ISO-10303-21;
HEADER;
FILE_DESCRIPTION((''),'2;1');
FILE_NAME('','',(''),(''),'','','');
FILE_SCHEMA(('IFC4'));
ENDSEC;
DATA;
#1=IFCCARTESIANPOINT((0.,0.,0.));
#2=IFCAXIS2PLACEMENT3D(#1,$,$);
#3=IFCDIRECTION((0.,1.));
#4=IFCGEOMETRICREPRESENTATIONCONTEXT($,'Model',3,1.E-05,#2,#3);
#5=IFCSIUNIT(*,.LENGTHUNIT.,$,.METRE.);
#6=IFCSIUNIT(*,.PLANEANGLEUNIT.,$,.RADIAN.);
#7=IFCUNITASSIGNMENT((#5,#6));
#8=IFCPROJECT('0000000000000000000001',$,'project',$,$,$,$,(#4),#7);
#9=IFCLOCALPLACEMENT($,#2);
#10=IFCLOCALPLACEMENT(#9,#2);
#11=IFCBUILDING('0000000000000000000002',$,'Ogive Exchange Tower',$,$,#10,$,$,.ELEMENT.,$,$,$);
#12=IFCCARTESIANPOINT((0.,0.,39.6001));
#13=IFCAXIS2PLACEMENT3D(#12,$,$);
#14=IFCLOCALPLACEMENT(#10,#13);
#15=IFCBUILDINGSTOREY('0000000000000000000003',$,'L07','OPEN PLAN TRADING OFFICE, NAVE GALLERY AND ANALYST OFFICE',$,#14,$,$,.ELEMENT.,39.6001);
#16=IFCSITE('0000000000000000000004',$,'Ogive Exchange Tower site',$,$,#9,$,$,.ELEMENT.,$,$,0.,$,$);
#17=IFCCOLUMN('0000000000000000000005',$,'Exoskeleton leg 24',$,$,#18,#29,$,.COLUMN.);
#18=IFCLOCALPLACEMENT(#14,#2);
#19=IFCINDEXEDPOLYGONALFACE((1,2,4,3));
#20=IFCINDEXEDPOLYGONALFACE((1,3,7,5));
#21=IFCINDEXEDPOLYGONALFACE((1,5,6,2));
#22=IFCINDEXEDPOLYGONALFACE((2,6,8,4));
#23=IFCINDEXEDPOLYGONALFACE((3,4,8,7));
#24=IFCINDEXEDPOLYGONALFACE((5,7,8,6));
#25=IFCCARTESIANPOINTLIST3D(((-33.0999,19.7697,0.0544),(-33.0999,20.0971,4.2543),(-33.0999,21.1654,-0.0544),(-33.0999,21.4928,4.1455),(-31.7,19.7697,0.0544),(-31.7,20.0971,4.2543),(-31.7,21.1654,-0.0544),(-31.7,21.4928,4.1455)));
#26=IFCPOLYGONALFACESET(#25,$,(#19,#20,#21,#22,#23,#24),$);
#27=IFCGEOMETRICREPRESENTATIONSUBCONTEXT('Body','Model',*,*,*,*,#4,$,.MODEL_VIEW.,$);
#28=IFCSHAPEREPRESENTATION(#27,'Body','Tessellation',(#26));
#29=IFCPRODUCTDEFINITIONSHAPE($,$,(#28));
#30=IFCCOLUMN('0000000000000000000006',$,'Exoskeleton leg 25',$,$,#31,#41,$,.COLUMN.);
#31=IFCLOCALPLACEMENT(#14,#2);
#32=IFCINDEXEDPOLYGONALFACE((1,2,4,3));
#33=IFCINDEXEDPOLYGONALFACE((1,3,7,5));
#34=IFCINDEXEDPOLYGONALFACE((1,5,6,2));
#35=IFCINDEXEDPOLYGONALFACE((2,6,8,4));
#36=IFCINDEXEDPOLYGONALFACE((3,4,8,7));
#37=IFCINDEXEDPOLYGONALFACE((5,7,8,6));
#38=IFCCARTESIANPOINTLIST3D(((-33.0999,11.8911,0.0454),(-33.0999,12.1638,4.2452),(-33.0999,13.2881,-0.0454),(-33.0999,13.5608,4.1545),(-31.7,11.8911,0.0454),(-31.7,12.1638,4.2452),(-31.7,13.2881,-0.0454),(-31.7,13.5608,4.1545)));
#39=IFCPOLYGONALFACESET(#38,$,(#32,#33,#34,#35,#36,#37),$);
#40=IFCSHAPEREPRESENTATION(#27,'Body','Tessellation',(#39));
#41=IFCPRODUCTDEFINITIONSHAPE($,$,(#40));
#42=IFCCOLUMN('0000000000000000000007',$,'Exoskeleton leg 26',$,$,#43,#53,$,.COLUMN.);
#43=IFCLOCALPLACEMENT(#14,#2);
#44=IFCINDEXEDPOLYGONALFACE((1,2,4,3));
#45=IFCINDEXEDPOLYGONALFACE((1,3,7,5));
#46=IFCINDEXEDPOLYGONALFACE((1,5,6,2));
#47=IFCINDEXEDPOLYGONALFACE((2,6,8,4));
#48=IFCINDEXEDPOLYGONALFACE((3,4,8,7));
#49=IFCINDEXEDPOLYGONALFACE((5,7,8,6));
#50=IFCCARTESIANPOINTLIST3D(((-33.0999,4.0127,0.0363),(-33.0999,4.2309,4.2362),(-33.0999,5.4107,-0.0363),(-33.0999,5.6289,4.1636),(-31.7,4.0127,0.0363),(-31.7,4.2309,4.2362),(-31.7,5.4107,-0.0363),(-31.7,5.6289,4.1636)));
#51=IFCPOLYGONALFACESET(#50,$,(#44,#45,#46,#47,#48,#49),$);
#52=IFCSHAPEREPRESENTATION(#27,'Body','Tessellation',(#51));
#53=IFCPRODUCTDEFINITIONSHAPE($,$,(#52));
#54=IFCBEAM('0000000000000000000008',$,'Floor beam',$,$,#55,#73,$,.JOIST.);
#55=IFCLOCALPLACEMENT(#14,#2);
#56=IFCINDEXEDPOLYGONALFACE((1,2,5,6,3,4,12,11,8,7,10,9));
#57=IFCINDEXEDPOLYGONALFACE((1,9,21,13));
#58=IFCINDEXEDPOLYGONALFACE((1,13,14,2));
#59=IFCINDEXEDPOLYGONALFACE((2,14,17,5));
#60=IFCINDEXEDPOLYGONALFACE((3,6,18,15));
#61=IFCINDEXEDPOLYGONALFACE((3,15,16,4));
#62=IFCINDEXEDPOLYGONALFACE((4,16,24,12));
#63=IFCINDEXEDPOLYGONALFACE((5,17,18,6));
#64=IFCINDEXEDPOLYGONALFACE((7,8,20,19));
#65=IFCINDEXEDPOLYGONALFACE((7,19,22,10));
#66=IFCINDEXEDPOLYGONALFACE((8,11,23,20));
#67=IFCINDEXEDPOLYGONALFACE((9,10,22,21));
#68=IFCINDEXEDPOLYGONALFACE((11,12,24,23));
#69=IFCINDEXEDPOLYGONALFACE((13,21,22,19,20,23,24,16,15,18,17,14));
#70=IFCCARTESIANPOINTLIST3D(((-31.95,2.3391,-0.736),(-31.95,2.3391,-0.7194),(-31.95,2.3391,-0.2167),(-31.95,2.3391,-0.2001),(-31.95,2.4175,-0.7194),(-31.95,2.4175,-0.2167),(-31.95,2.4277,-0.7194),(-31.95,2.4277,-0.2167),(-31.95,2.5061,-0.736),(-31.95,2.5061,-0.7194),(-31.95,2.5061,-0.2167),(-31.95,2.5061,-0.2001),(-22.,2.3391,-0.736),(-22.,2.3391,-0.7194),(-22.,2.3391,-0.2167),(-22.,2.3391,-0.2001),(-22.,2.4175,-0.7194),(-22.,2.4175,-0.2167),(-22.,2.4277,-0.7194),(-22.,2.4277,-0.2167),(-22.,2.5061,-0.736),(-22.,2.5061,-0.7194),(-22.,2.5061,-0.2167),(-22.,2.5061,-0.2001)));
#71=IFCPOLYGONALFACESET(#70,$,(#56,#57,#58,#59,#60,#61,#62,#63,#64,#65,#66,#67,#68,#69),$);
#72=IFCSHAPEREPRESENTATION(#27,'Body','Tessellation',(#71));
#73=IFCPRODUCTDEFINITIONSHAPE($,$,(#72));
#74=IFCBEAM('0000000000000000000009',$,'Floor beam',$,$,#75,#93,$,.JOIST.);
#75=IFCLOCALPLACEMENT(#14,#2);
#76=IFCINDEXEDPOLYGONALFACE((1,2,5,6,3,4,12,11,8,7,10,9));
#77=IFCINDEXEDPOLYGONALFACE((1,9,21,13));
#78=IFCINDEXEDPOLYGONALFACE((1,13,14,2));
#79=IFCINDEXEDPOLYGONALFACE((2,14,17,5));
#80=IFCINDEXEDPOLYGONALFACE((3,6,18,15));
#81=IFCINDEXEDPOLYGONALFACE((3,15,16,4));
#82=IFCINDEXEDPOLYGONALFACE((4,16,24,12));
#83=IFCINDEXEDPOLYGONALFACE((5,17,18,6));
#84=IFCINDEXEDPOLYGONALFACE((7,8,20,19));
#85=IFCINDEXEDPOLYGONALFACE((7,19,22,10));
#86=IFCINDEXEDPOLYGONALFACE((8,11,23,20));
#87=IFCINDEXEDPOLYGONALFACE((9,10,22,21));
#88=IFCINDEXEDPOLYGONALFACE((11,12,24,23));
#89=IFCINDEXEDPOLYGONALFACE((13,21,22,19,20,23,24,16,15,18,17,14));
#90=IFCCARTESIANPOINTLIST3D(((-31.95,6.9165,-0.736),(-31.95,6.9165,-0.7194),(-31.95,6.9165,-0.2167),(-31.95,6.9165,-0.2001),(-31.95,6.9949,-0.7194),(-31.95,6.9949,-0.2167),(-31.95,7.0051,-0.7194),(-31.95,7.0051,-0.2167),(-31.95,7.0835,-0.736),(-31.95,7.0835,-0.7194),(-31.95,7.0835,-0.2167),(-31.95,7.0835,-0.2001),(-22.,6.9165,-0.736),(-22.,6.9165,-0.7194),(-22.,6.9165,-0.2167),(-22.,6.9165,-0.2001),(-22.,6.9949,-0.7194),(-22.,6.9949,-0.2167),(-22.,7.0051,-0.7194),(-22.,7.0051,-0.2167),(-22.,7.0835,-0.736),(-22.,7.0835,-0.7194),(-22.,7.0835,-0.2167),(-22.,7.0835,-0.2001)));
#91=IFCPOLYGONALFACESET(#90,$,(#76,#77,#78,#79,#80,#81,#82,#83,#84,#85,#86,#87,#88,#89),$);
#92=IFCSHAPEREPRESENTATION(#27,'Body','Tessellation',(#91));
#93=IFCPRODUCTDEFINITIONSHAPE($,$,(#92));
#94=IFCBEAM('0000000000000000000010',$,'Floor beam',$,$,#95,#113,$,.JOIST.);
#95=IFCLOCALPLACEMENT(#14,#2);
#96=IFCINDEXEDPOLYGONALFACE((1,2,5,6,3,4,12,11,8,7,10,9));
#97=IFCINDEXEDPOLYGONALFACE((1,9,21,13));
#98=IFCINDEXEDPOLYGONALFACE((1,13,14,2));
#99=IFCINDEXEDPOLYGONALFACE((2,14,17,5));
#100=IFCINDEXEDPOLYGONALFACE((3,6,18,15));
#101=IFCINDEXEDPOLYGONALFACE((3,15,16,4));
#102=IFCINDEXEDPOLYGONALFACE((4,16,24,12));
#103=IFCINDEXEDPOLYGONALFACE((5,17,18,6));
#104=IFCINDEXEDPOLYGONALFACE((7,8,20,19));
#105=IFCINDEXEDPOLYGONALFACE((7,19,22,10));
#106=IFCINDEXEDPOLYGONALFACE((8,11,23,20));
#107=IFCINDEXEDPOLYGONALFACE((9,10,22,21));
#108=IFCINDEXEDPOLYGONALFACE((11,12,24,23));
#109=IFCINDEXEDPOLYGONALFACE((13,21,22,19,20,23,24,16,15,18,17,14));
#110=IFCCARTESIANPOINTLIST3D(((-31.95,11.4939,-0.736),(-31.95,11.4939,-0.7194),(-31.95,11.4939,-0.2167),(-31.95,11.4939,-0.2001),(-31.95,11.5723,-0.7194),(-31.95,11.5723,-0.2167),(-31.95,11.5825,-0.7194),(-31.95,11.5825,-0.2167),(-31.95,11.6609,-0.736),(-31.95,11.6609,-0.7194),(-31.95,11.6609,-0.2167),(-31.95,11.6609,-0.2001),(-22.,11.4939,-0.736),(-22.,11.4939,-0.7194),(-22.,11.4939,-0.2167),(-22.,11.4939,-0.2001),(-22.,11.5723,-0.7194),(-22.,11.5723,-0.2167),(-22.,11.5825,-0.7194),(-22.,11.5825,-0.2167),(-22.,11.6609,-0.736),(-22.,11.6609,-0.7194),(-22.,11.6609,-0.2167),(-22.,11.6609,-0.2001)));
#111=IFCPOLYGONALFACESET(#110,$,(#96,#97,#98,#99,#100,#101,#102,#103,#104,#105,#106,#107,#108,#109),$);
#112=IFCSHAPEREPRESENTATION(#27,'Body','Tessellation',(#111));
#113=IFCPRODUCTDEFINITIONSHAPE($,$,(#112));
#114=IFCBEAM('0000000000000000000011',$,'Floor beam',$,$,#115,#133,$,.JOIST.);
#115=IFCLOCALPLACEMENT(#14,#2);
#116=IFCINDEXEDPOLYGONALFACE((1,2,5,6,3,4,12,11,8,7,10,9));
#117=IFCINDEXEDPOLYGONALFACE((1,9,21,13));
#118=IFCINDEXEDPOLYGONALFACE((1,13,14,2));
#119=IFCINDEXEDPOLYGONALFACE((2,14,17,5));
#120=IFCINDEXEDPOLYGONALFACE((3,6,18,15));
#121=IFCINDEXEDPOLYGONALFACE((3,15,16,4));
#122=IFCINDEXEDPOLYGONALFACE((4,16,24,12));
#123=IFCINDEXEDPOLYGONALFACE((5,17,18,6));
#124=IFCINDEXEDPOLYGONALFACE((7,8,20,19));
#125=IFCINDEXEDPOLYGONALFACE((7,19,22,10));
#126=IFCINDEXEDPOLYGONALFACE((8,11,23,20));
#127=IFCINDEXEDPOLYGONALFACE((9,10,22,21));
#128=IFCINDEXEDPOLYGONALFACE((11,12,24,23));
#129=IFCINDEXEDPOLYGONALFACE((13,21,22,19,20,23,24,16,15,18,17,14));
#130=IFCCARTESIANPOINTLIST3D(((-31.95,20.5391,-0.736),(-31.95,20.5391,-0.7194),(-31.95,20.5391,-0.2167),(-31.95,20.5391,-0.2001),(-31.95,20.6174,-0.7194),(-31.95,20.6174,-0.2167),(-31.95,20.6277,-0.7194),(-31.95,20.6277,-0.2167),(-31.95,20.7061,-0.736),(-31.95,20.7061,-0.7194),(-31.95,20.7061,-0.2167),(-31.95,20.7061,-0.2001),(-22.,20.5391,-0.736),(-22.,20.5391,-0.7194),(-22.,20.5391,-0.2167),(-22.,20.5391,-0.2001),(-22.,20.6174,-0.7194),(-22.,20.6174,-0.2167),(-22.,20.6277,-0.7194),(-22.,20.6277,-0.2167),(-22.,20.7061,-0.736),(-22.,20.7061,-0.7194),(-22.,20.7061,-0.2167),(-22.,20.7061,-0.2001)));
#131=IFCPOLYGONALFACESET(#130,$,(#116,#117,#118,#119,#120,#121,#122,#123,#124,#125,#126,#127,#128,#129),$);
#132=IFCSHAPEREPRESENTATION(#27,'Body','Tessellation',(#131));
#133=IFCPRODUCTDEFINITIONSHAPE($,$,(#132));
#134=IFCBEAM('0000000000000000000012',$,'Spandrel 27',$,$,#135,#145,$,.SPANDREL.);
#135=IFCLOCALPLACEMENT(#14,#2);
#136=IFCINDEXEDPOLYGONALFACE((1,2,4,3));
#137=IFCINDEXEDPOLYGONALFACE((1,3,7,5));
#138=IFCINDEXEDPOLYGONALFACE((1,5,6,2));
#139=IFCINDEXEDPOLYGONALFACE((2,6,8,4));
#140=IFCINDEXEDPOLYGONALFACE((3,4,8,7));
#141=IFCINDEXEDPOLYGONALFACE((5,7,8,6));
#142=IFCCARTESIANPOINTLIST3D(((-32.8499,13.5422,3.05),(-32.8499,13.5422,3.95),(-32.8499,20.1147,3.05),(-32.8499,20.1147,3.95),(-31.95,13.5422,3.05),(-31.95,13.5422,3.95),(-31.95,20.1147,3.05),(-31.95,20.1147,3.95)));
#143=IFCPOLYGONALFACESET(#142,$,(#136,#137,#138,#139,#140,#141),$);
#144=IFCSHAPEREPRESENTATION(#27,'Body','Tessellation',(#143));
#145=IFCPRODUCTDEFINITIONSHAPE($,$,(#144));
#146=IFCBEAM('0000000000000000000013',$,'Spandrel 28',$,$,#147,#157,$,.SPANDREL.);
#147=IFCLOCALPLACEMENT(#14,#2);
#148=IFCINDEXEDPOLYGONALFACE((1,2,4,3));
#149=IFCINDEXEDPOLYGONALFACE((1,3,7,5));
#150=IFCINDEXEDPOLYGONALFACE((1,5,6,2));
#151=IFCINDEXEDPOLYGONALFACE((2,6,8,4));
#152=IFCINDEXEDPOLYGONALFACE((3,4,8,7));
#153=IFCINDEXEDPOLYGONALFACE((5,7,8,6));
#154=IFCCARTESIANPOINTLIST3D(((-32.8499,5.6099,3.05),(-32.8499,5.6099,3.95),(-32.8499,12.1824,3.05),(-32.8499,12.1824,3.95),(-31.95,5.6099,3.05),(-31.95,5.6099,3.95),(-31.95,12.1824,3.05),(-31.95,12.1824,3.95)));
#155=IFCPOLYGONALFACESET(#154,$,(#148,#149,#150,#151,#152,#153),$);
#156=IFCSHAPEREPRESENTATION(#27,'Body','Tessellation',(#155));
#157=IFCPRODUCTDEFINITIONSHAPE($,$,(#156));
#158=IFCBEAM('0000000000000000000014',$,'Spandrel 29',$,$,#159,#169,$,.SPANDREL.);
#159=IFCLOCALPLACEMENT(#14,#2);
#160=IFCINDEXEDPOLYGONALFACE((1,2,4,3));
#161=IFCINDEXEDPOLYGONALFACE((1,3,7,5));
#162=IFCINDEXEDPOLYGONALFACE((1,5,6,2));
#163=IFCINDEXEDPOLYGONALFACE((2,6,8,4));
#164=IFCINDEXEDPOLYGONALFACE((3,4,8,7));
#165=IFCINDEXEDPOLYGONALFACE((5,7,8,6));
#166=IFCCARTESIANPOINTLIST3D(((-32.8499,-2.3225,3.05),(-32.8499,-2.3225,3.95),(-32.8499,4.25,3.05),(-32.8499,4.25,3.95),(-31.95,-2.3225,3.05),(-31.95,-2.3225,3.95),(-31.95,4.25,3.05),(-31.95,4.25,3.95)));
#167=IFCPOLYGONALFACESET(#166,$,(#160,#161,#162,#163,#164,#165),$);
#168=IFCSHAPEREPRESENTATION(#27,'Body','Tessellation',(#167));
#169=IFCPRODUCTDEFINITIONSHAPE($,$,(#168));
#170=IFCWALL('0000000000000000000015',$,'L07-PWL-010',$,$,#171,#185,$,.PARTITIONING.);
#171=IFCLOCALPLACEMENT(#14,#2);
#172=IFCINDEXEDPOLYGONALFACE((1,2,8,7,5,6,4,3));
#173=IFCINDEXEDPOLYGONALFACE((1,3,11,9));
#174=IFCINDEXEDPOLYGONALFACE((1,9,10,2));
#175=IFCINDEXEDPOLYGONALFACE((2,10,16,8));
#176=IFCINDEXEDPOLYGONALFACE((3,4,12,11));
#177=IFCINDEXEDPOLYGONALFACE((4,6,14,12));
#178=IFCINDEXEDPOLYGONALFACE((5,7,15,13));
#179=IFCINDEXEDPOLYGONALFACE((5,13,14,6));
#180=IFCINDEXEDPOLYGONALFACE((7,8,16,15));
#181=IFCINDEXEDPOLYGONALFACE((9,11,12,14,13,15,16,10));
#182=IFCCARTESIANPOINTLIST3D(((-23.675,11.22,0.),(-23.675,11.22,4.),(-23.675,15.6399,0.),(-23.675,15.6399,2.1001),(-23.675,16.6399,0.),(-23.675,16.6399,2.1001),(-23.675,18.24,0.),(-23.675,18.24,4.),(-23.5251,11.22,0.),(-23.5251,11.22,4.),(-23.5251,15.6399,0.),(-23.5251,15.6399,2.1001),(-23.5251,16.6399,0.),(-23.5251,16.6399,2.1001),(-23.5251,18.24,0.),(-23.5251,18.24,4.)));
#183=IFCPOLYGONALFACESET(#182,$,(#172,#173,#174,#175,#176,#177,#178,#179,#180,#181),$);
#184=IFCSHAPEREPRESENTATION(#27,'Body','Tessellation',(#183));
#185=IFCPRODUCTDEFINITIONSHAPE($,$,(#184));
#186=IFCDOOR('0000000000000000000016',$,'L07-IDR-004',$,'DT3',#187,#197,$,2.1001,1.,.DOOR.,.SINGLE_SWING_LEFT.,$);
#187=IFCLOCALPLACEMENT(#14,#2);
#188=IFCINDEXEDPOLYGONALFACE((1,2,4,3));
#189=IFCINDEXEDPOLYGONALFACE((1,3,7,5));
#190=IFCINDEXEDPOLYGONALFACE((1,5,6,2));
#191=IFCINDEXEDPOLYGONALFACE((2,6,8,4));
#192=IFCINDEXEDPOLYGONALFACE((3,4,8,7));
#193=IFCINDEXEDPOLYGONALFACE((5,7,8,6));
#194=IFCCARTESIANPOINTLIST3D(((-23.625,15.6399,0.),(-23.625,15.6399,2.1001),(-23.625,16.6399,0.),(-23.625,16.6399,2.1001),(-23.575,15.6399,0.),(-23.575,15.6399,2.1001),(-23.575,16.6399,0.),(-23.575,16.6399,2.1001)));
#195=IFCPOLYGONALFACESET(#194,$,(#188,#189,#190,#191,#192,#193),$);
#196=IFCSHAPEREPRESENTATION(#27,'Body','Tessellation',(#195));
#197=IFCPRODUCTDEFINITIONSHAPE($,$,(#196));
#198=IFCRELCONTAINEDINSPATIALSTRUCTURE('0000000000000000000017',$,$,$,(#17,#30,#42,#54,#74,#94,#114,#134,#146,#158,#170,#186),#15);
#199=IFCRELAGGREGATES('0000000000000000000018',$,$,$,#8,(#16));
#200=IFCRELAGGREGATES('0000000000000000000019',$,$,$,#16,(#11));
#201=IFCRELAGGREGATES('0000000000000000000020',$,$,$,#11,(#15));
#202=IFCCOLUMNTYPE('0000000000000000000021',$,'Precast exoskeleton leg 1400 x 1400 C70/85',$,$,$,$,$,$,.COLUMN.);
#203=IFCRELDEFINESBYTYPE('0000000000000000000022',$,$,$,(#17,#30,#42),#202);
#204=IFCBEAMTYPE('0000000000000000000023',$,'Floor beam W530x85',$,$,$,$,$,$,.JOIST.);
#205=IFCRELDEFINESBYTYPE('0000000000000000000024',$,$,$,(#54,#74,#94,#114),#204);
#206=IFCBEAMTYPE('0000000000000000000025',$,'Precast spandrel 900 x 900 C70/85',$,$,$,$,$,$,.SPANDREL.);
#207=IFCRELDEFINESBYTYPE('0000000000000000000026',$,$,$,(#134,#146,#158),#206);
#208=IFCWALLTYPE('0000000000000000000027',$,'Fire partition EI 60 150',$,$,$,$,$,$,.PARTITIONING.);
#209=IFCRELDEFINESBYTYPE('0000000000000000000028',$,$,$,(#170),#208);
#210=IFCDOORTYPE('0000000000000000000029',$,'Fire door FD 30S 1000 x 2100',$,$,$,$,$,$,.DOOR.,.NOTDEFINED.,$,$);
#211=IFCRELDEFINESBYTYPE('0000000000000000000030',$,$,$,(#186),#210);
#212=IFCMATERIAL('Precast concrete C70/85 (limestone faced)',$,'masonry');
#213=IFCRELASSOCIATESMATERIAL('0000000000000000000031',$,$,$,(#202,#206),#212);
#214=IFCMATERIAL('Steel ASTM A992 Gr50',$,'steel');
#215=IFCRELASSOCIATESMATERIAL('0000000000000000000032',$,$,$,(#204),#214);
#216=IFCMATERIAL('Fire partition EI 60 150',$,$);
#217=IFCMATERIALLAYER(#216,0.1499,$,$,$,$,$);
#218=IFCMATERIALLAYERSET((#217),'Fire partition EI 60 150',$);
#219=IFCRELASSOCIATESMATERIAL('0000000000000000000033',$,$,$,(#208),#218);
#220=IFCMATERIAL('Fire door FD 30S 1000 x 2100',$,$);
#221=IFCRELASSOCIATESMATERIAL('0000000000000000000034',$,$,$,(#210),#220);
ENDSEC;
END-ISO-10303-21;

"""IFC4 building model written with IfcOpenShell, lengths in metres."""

from ifc_helpers import new_model, si_unit, direction, frame, frame_2d, origin, origin_2d, place, context, subcontext, project, spatial, rectangle, i_section, extrude, material, layer, layer_set, material_profile, profile_set, type_object, element, fill, save


model = new_model("IFC4")

# Units and contexts
model_context = context("Model", 3, precision=1e-05, world=origin(), true_north=direction((0.0, 1.0)))
body_context = subcontext(model_context, "Body", "Model", "MODEL_VIEW")
ifc_project = project(units=[si_unit("LENGTHUNIT", "METRE"), si_unit("PLANEANGLEUNIT", "RADIAN")], contexts=[model_context])

# Site, building, storey
site_placement = place(None, origin())
site = spatial("IfcSite", under=ifc_project, at=site_placement, Name="Ogive Exchange Tower site", CompositionType="ELEMENT", RefElevation=0.0)
building_placement = place(site_placement, origin())
building = spatial("IfcBuilding", under=site, at=building_placement, Name="Ogive Exchange Tower", CompositionType="ELEMENT")
storey_placement = place(building_placement, frame((0.0, 0.0, 39.6001)))
storey = spatial("IfcBuildingStorey", under=building, at=storey_placement, Name="L07", Description="OPEN PLAN TRADING OFFICE, NAVE GALLERY AND ANALYST OFFICE", CompositionType="ELEMENT", Elevation=39.6001)

# Columns
ifc_material_1 = material(Name="Precast concrete C70/85 (limestone faced)", Category="masonry")
ifc_material_profile_1 = material_profile(ifc_material_1, rectangle(XDim=1.3999, YDim=1.3999, at=origin_2d()), Name="1400 x 1400")
ifc_profile_set_1 = profile_set([ifc_material_profile_1], Name="Precast concrete C70/85 (limestone faced)")
column_type = type_object("IfcColumnType", Name="Precast exoskeleton leg 1400 x 1400 C70/85", PredefinedType="COLUMN", material=ifc_profile_set_1)
column_1_placement = place(storey_placement, frame((-32.3999, 20.4675, 0.0), z_axis=(0.0, 0.077716, 0.996976), x_axis=(-1.0, 0.0, 0.0)))
element("IfcColumn", 1, at=column_1_placement, inside=storey, type_object=column_type, Name="Exoskeleton leg 24", PredefinedType="COLUMN", context=body_context, shape_type="SweptSolid", body=[
    extrude(rectangle(XDim=1.3999, YDim=1.3999, at=origin_2d()), origin(), (0.0, 0.0, 1.0), 4.2126),
])
column_2_placement = place(storey_placement, frame((-32.3999, 12.5896, 0.0), z_axis=(0.0, 0.064794, 0.997899), x_axis=(-1.0, 0.0, 0.0)))
element("IfcColumn", 2, at=column_2_placement, inside=storey, type_object=column_type, Name="Exoskeleton leg 25", PredefinedType="COLUMN", context=body_context, shape_type="SweptSolid", body=[
    extrude(rectangle(XDim=1.3999, YDim=1.3999, at=origin_2d()), origin(), (0.0, 0.0, 1.0), 4.2087),
])
column_3_placement = place(storey_placement, frame((-32.3999, 4.7117, 0.0), z_axis=(0.0, 0.051898, 0.998652), x_axis=(-1.0, 0.0, 0.0)))
element("IfcColumn", 3, at=column_3_placement, inside=storey, type_object=column_type, Name="Exoskeleton leg 26", PredefinedType="COLUMN", context=body_context, shape_type="SweptSolid", body=[
    extrude(rectangle(XDim=1.3999, YDim=1.3999, at=origin_2d()), origin(), (0.0, 0.0, 1.0), 4.2056),
])

# Beams
ifc_material_2 = material(Name="Steel ASTM A992 Gr50", Category="steel")
ifc_material_profile_2 = material_profile(ifc_material_2, i_section(OverallWidth=0.167, OverallDepth=0.5359, WebThickness=0.0103, FlangeThickness=0.0166, at=origin_2d()), Name="W530x85")
ifc_profile_set_2 = profile_set([ifc_material_profile_2], Name="Steel ASTM A992 Gr50")
beam_type_1 = type_object("IfcBeamType", Name="Floor beam W530x85", PredefinedType="JOIST", material=ifc_profile_set_2)
for number, where, z_axis, x_axis, name in (
    (4, (-31.95, 2.4226, -0.468), (1.0, 0.0, 0.0), (0.0, 1.0, 0.0), "Floor beam"),
    (5, (-31.95, 7.0, -0.468), (1.0, 0.0, 0.0), (0.0, 1.0, 0.0), "Floor beam"),
    (6, (-31.95, 11.5774, -0.468), (1.0, 0.0, 0.0), (0.0, 1.0, 0.0), "Floor beam"),
    (7, (-31.95, 20.6226, -0.468), (1.0, 0.0, 0.0), (0.0, 1.0, 0.0), "Floor beam"),
):
    element("IfcBeam", number, at=place(storey_placement, frame(where, z_axis=z_axis, x_axis=x_axis)), inside=storey, type_object=beam_type_1, Name=name, PredefinedType="JOIST", context=body_context, shape_type="SweptSolid", body=[
        extrude(i_section(OverallWidth=0.167, OverallDepth=0.5359, WebThickness=0.0103, FlangeThickness=0.0166, at=origin_2d()), origin(), (0.0, 0.0, 1.0), 9.95),
    ])
ifc_material_profile_3 = material_profile(ifc_material_1, rectangle(XDim=0.8999, YDim=0.8999, at=origin_2d()), Name="900 x 900")
ifc_profile_set_3 = profile_set([ifc_material_profile_3], Name="Precast concrete C70/85 (limestone faced)")
beam_type_2 = type_object("IfcBeamType", Name="Precast spandrel 900 x 900 C70/85", PredefinedType="SPANDREL", material=ifc_profile_set_3)
for number, where, z_axis, x_axis, name in (
    (8, (-32.3999, 20.1147, 3.5), (0.0, -1.0, 0.0), (1.0, 0.0, 0.0), "Spandrel 27"),
    (9, (-32.3999, 12.1824, 3.5), (0.0, -1.0, 0.0), (1.0, 0.0, 0.0), "Spandrel 28"),
    (10, (-32.3999, 4.25, 3.5), (0.0, -1.0, 0.0), (1.0, 0.0, 0.0), "Spandrel 29"),
):
    element("IfcBeam", number, at=place(storey_placement, frame(where, z_axis=z_axis, x_axis=x_axis)), inside=storey, type_object=beam_type_2, Name=name, PredefinedType="SPANDREL", context=body_context, shape_type="SweptSolid", body=[
        extrude(rectangle(XDim=0.8999, YDim=0.8999, at=origin_2d()), origin(), (0.0, 0.0, 1.0), 6.5725),
    ])

# Wall, opening, door
ifc_material_3 = material(Name="Fire partition EI 60 150")
ifc_layer_1 = layer(ifc_material_3, 0.1499)
ifc_layer_set_1 = layer_set([ifc_layer_1], Name="Fire partition EI 60 150")
wall_type_1 = type_object("IfcWallType", Name="Fire partition EI 60 150", PredefinedType="PARTITIONING", material=ifc_layer_set_1)
wall_1_placement = place(storey_placement, frame((-23.6001, 11.22, 0.0), z_axis=(0.0, 0.0, 1.0), x_axis=(0.0, 1.0, 0.0)))
wall_1 = element("IfcWall", 11, at=wall_1_placement, inside=storey, type_object=wall_type_1, Name="L07-PWL-010", PredefinedType="PARTITIONING", context=body_context, shape_type="SweptSolid", body=[
    extrude(rectangle(XDim=7.02, YDim=0.1499, at=frame_2d((3.51, 0.0))), origin(), (0.0, 0.0, 1.0), 4.0),
])
opening_1_placement = place(wall_1_placement, frame((4.4199, 0.0, 0.0)))
opening_1 = element("IfcOpeningElement", 12, at=opening_1_placement, cuts=wall_1, PredefinedType="OPENING", context=body_context, shape_type="SweptSolid", body=[
    extrude(rectangle(XDim=1.0, YDim=2.1001, at=frame_2d((0.5, 1.05))), frame((0.0, 0.085, 0.0), z_axis=(0.0, -1.0, 0.0), x_axis=(1.0, 0.0, 0.0)), (0.0, 0.0, 1.0), 0.1699),
])
ifc_material_4 = material(Name="Fire door FD 30S 1000 x 2100")
door_type = type_object("IfcDoorType", Name="Fire door FD 30S 1000 x 2100", OperationType="NOTDEFINED", PredefinedType="DOOR", material=ifc_material_4)
door_1_placement = place(opening_1_placement, origin())
door_1 = element("IfcDoor", 13, at=door_1_placement, inside=storey, type_object=door_type, Name="L07-IDR-004", ObjectType="DT3", OperationType="SINGLE_SWING_LEFT", OverallHeight=2.1001, OverallWidth=1.0, PredefinedType="DOOR", context=body_context, shape_type="SweptSolid", body=[
    extrude(rectangle(XDim=1.0, YDim=2.1001, at=frame_2d((0.5, 1.05))), frame((0.0, 0.0249, 0.0), z_axis=(0.0, -1.0, 0.0), x_axis=(1.0, 0.0, 0.0)), (0.0, 0.0, 1.0), 0.05),
])
fill(opening_1, door_1)

save(model, "model.ifc")
